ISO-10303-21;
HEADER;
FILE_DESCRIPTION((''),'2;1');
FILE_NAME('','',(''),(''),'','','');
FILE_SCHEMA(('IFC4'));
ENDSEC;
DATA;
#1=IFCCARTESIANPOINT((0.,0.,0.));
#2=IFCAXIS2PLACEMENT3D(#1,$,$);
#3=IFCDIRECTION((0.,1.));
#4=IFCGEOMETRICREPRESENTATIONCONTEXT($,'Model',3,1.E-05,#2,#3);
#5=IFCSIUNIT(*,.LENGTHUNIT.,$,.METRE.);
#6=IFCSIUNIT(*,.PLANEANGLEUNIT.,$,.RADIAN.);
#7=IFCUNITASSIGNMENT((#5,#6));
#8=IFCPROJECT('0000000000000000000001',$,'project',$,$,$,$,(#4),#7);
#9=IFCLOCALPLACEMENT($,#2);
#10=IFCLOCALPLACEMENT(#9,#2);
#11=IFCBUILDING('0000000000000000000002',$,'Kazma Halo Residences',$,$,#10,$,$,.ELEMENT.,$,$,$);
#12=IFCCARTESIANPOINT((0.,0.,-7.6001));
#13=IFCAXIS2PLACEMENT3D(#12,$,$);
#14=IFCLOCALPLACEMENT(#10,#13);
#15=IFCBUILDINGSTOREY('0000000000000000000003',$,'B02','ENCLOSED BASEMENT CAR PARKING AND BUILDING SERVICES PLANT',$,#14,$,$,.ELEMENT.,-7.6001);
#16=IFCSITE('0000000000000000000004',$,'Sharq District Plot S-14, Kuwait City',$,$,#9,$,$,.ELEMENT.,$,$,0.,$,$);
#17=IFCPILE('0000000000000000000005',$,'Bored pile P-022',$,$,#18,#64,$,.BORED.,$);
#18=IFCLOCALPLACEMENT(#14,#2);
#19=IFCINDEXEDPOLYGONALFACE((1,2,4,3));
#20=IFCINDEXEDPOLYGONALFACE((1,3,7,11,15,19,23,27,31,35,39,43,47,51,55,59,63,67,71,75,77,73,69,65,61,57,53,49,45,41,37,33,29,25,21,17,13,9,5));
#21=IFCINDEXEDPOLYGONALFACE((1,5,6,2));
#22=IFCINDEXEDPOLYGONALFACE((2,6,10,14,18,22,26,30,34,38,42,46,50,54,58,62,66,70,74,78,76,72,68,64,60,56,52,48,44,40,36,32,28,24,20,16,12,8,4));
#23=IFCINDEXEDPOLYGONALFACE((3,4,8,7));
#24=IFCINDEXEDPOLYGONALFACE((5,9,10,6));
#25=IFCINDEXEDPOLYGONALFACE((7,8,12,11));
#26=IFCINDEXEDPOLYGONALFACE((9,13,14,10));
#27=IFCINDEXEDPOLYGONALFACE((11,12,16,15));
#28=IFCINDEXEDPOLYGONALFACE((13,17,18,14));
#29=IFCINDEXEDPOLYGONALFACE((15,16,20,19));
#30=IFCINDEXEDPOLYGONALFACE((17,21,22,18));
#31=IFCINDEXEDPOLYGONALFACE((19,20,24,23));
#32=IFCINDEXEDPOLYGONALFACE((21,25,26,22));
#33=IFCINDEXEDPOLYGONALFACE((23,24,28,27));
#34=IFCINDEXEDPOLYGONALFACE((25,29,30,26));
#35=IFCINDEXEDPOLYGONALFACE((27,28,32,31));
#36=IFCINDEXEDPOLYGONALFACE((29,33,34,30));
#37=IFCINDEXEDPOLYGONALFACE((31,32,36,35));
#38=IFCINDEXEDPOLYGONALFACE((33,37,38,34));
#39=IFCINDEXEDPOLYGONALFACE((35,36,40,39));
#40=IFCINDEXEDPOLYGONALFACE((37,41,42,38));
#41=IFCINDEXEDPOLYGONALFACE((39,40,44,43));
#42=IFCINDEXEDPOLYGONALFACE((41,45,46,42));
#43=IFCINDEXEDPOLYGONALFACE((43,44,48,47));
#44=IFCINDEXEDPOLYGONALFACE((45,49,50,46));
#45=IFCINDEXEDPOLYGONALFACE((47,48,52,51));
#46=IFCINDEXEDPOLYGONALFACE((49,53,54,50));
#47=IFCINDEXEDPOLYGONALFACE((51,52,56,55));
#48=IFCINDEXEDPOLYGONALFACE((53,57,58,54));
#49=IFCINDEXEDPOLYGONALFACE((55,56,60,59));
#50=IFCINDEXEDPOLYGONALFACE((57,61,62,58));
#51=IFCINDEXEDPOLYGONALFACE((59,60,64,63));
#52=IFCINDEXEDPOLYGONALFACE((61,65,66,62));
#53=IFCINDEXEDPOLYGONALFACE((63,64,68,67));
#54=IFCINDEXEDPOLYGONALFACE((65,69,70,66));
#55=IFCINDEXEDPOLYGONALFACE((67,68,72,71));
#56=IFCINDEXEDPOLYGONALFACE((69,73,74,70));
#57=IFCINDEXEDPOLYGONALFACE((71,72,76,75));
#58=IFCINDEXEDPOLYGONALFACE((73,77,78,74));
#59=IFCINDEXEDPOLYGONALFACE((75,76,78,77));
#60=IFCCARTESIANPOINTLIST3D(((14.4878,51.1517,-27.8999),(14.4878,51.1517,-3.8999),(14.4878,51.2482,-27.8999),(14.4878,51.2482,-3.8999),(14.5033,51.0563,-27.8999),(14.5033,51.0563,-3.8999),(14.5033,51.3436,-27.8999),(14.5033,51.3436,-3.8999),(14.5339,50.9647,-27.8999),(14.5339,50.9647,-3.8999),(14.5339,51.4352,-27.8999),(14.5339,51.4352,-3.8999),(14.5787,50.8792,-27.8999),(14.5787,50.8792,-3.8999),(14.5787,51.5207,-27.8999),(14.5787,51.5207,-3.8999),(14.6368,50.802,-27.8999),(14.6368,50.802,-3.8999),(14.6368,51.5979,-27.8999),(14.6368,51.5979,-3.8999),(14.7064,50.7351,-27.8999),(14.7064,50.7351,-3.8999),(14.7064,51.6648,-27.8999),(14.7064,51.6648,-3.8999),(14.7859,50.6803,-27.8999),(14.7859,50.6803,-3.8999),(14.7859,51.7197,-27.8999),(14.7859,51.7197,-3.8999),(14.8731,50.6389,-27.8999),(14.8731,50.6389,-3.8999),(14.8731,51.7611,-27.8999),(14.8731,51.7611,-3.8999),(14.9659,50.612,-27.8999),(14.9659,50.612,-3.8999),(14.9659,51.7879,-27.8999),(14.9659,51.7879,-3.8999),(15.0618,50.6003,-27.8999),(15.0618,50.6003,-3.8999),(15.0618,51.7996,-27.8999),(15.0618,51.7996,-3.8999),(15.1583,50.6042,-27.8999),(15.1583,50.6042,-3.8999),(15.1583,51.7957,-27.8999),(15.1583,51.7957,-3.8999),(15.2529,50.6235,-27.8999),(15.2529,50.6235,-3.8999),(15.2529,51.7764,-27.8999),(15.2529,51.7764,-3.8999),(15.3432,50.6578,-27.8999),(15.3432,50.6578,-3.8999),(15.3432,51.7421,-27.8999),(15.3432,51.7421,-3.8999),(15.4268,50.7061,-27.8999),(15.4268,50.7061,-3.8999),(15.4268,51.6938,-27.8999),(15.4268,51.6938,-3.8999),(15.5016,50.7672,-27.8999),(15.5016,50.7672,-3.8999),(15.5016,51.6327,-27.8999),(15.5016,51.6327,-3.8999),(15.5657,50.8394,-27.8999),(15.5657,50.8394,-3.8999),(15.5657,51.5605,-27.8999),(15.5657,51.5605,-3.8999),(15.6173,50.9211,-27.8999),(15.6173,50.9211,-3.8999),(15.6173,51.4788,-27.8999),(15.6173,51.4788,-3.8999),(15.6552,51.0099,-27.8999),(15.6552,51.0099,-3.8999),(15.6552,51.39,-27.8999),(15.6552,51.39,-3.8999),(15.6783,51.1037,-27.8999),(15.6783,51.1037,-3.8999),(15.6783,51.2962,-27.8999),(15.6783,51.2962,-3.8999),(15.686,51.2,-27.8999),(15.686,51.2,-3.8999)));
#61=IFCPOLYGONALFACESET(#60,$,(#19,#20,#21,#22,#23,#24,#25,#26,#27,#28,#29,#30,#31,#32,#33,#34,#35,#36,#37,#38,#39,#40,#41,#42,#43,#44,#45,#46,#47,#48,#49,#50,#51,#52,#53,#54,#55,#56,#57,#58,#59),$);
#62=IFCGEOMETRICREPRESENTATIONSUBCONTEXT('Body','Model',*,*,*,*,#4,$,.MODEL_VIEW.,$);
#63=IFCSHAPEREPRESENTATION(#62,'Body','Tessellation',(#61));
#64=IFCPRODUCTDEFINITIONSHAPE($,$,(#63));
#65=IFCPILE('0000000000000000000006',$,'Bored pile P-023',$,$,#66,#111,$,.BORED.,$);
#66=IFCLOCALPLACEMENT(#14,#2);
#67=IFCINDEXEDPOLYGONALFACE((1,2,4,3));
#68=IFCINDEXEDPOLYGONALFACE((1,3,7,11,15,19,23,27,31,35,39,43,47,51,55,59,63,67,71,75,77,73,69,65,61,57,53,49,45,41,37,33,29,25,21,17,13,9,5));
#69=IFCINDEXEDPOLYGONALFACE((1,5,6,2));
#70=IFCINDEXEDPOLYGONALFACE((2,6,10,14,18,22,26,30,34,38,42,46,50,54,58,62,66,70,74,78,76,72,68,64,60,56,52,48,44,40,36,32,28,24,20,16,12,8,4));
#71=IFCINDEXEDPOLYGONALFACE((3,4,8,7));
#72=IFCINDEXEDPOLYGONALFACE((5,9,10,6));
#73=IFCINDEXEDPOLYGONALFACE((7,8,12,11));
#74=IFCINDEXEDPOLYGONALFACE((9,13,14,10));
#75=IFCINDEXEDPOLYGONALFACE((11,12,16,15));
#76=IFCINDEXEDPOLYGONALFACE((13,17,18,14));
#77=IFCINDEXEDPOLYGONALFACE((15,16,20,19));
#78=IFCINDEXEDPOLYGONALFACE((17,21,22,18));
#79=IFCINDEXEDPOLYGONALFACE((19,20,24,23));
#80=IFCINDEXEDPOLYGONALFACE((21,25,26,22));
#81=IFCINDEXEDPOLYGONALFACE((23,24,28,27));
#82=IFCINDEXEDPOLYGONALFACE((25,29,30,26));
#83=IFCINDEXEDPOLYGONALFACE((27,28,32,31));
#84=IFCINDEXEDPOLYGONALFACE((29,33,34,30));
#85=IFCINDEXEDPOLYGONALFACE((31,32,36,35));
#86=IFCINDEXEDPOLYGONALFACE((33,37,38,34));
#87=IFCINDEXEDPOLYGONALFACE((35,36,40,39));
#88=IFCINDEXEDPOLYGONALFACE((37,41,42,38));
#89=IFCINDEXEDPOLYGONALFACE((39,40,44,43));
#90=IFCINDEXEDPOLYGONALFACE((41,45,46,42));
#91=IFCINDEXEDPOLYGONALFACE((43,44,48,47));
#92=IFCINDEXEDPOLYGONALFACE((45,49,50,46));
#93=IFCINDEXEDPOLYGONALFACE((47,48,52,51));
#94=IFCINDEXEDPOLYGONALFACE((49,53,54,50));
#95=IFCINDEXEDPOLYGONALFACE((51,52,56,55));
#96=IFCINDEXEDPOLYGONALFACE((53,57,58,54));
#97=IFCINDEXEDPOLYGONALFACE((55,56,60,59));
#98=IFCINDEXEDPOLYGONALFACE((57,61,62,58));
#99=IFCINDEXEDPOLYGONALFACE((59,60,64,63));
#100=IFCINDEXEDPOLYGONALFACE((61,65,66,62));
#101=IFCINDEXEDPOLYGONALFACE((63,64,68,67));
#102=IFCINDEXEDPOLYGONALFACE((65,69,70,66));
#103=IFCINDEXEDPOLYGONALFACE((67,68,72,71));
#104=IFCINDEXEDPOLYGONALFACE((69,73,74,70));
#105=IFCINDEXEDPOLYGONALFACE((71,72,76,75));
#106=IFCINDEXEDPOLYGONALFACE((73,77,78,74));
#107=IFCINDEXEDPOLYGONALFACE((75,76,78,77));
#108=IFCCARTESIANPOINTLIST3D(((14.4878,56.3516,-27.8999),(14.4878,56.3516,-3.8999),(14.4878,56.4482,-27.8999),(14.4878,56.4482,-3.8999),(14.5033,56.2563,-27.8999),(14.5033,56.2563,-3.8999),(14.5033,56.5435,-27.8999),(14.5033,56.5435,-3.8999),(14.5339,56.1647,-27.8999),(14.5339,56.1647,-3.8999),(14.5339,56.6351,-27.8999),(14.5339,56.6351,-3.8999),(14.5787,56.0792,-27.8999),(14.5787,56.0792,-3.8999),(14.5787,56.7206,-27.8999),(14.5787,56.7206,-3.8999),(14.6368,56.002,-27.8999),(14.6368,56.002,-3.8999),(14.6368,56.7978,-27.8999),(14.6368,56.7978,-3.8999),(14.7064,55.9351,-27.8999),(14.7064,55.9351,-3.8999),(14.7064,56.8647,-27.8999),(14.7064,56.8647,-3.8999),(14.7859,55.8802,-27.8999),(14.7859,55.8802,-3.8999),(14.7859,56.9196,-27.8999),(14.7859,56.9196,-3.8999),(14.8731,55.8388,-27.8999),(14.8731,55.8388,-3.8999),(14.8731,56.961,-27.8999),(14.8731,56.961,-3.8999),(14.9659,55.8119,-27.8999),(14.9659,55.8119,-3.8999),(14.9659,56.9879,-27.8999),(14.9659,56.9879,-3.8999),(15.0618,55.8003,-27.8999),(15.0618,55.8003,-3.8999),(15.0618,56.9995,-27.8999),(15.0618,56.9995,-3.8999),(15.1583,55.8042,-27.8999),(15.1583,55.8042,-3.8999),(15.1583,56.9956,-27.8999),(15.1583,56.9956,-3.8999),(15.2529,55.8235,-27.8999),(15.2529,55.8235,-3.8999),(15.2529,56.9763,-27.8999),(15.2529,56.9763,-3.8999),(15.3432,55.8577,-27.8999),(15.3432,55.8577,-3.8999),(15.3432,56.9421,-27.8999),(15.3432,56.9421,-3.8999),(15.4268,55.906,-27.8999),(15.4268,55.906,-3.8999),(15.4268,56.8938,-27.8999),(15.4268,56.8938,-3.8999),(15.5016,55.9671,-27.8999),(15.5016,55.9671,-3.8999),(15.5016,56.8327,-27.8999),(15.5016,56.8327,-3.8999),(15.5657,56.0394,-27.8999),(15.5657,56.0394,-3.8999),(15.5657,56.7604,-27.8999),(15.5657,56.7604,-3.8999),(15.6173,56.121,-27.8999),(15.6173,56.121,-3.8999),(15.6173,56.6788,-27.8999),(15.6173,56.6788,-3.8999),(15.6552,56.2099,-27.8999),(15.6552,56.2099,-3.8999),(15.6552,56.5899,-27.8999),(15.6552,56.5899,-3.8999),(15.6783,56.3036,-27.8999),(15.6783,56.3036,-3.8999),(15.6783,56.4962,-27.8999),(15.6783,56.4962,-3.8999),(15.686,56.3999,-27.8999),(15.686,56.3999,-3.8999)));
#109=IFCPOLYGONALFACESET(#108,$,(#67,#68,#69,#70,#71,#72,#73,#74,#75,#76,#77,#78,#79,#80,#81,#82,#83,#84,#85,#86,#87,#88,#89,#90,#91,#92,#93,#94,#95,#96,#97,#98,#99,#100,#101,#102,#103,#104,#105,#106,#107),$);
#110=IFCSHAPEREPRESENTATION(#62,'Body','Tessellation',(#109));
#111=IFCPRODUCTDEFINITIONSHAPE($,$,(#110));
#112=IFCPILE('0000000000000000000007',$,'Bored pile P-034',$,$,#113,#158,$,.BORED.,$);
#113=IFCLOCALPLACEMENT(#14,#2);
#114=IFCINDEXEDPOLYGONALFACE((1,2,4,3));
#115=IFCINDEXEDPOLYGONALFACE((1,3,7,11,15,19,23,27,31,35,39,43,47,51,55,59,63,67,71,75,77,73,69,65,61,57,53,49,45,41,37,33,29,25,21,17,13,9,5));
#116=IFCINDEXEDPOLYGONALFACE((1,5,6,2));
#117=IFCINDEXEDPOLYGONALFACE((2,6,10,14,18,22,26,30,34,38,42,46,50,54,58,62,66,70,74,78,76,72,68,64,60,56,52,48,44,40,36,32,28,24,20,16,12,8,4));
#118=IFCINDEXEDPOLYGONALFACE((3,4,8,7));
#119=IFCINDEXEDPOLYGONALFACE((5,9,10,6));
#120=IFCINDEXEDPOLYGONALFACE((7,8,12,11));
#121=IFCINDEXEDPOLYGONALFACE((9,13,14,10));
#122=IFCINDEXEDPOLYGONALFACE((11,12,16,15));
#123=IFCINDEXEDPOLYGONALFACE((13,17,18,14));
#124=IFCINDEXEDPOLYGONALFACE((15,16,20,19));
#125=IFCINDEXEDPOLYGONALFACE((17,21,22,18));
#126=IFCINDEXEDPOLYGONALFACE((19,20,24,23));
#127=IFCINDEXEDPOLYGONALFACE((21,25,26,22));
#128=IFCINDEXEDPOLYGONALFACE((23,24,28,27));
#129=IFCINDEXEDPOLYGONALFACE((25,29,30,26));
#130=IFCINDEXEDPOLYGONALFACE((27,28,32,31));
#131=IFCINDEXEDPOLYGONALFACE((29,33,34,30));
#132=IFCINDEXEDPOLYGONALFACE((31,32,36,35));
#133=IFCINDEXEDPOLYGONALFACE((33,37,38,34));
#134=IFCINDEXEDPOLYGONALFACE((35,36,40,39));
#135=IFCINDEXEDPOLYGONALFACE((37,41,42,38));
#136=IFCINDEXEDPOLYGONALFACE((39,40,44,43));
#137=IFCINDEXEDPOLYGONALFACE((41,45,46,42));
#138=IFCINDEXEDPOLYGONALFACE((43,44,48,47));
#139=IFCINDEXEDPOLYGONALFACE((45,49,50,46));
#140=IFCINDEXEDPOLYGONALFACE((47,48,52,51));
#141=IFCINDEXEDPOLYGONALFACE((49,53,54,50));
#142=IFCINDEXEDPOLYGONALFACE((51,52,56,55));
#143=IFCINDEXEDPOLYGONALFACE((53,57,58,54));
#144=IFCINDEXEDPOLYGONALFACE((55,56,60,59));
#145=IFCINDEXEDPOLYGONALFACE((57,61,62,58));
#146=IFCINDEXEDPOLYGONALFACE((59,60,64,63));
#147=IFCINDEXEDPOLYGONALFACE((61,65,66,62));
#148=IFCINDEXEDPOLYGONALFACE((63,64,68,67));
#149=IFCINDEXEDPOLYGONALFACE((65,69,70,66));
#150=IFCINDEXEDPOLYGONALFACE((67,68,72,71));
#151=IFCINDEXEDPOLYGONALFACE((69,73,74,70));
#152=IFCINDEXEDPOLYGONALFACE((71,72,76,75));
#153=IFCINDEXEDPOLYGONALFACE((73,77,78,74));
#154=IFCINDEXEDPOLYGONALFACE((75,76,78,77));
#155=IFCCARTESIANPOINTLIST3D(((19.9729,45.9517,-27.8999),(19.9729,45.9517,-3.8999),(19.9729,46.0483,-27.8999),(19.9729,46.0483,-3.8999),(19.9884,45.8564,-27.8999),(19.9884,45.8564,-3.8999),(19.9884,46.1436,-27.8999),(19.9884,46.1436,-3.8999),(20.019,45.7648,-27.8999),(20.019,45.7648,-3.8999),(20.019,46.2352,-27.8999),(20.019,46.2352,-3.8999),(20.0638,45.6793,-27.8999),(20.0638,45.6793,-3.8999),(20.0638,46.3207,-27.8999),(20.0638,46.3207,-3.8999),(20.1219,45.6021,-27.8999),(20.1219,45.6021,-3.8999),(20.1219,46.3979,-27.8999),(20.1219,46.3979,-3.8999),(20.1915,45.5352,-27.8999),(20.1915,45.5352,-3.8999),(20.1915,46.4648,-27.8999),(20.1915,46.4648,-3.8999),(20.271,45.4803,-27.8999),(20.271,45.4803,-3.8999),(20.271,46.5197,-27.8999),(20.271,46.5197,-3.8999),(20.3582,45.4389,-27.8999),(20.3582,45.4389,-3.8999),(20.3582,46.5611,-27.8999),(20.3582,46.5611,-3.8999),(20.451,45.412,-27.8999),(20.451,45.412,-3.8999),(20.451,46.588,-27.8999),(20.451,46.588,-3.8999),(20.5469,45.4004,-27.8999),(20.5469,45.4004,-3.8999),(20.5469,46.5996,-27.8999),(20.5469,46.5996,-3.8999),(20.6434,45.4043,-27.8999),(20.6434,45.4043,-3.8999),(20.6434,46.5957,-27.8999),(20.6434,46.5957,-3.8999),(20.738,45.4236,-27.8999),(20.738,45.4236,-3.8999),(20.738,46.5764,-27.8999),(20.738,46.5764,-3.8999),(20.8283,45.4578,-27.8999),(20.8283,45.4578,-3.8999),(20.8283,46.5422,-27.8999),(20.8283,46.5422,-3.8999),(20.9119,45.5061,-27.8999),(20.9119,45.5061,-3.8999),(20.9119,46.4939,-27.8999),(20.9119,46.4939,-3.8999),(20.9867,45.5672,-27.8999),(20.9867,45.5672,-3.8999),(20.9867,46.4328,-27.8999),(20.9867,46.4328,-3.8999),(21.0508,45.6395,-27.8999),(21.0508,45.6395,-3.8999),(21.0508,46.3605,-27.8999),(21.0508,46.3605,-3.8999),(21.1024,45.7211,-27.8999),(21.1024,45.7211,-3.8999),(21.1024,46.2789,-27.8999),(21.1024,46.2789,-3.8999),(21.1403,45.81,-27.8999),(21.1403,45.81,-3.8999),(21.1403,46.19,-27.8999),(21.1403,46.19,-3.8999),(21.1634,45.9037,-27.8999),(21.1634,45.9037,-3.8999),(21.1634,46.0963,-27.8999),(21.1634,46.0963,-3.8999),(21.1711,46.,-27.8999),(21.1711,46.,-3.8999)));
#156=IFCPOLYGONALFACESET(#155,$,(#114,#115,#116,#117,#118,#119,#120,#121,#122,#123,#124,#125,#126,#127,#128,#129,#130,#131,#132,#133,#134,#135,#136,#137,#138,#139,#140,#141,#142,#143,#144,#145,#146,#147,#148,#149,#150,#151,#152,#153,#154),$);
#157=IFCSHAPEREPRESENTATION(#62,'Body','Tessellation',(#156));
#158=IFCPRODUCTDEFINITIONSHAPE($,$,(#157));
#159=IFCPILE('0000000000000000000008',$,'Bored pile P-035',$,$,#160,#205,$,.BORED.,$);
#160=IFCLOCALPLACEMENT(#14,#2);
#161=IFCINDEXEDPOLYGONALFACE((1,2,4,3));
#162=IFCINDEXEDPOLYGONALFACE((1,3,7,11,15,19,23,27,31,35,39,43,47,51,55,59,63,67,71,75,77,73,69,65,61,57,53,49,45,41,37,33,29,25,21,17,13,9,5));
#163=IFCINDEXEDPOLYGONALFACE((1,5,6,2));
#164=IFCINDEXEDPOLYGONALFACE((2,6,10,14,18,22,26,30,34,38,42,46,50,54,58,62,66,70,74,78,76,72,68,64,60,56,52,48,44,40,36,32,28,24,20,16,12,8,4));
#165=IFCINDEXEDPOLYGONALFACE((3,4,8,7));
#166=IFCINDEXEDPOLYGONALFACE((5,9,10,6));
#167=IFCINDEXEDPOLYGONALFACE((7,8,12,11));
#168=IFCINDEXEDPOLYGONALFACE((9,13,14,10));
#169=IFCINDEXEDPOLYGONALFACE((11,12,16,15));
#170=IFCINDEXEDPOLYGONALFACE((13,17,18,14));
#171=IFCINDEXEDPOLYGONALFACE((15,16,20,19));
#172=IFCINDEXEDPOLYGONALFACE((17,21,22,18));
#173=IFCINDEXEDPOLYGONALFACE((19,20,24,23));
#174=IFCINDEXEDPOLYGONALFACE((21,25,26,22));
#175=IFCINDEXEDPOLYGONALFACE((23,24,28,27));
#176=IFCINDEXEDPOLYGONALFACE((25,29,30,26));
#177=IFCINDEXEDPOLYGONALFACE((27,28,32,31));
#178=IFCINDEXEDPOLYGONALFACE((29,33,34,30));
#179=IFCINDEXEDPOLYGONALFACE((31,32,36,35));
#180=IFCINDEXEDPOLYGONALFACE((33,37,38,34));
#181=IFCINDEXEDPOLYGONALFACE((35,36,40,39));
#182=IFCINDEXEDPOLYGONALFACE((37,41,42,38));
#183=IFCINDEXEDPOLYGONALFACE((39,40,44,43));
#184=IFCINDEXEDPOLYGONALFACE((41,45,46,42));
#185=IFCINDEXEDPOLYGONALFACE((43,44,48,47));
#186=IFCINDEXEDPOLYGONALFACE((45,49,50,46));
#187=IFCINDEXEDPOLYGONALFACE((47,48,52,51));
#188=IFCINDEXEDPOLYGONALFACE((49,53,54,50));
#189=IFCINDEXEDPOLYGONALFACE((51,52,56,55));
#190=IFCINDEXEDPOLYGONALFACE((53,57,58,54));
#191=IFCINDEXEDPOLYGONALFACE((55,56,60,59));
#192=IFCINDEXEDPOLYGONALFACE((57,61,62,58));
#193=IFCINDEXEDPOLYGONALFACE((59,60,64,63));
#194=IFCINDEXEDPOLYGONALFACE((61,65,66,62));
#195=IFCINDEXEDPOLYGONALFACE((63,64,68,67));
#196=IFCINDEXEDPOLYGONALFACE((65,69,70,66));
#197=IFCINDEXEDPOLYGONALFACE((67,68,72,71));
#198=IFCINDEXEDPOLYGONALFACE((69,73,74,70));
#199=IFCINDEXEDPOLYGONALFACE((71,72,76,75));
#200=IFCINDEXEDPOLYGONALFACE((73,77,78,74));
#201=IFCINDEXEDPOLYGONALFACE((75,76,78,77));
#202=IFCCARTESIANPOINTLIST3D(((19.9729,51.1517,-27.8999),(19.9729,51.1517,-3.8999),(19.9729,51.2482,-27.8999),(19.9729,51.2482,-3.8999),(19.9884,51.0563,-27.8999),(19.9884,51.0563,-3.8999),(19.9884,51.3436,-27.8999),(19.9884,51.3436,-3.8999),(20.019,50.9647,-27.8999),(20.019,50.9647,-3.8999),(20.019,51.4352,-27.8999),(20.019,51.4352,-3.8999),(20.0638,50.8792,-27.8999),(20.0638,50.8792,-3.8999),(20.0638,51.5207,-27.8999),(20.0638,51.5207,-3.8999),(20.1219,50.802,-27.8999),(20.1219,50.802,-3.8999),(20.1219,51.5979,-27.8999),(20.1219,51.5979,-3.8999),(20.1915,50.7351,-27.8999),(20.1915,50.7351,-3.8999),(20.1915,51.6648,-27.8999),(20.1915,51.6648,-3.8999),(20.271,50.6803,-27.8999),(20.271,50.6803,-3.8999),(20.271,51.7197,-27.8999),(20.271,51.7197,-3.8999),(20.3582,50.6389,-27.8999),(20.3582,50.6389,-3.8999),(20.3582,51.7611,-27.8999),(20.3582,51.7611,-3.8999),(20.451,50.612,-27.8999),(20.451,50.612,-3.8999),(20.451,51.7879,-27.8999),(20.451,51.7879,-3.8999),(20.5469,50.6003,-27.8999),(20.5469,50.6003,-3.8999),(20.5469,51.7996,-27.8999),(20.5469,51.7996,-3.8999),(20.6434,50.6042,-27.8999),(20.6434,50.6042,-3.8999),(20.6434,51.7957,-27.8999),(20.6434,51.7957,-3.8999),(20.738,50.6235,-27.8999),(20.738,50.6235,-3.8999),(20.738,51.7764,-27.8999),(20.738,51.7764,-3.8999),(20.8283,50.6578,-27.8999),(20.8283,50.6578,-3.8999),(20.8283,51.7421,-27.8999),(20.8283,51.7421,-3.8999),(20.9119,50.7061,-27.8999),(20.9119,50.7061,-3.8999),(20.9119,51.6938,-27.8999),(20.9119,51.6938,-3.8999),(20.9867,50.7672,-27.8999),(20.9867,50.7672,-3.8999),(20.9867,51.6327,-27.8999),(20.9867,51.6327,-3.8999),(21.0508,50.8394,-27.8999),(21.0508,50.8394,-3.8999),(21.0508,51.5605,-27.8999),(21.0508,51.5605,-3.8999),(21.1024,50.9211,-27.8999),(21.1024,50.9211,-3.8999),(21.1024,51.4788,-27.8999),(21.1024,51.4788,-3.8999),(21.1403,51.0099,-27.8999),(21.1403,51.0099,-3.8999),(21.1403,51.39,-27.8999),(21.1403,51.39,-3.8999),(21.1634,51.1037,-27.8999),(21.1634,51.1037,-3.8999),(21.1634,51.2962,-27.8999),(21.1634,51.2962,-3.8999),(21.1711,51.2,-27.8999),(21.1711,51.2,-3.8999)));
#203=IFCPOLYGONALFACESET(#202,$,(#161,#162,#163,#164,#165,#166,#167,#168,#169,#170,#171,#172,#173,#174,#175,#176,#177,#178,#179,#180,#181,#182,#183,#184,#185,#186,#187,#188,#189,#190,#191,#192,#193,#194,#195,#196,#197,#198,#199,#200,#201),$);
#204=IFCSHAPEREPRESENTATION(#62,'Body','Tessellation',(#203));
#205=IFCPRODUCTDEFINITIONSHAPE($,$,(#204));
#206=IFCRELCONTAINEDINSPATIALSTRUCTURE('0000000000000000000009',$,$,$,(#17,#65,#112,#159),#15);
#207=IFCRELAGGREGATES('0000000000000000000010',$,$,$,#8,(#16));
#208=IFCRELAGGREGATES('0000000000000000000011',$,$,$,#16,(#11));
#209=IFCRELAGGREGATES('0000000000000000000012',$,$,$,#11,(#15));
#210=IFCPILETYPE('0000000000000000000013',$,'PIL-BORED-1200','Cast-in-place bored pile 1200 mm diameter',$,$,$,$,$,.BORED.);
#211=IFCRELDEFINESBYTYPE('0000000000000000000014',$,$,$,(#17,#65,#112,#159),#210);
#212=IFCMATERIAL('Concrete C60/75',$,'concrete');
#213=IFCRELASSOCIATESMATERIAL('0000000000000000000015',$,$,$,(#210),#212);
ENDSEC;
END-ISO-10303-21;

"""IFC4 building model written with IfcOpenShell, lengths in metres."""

from ifc_helpers import new_model, si_unit, direction, frame, origin, origin_2d, place, context, subcontext, project, spatial, circle, extrude, material, material_profile, profile_set, type_object, element, save


model = new_model("IFC4")

# Units and contexts
model_context = context("Model", 3, precision=1e-05, world=origin(), true_north=direction((0.0, 1.0)))
body_context = subcontext(model_context, "Body", "Model", "MODEL_VIEW")
ifc_project = project(units=[si_unit("LENGTHUNIT", "METRE"), si_unit("PLANEANGLEUNIT", "RADIAN")], contexts=[model_context])

# Site, building, storey
site_placement = place(None, origin())
site = spatial("IfcSite", under=ifc_project, at=site_placement, Name="Sharq District Plot S-14, Kuwait City", CompositionType="ELEMENT", RefElevation=0.0)
building_placement = place(site_placement, origin())
building = spatial("IfcBuilding", under=site, at=building_placement, Name="Kazma Halo Residences", CompositionType="ELEMENT")
storey_placement = place(building_placement, frame((0.0, 0.0, -7.6001)))
storey = spatial("IfcBuildingStorey", under=building, at=storey_placement, Name="B02", Description="ENCLOSED BASEMENT CAR PARKING AND BUILDING SERVICES PLANT", CompositionType="ELEMENT", Elevation=-7.6001)

# Piles
ifc_material_1 = material(Name="Concrete C60/75", Category="concrete")
ifc_material_profile_1 = material_profile(ifc_material_1, circle(Radius=0.6001, at=origin_2d()), Name="CIRC1200")
ifc_profile_set_1 = profile_set([ifc_material_profile_1], Name="Concrete C60/75")
pile_type = type_object("IfcPileType", Name="PIL-BORED-1200", Description="Cast-in-place bored pile 1200 mm diameter", PredefinedType="BORED", material=ifc_profile_set_1)
for number, where, z_axis, x_axis, name in (
    (1, (15.0859, 51.2, -3.8999), (0.0, 0.0, -1.0), (1.0, 0.0, 0.0), "Bored pile P-022"),
    (2, (15.0859, 56.3999, -3.8999), (0.0, 0.0, -1.0), (1.0, 0.0, 0.0), "Bored pile P-023"),
    (3, (20.571, 46.0, -3.8999), (0.0, 0.0, -1.0), (1.0, 0.0, 0.0), "Bored pile P-034"),
    (4, (20.571, 51.2, -3.8999), (0.0, 0.0, -1.0), (1.0, 0.0, 0.0), "Bored pile P-035"),
):
    element("IfcPile", number, at=place(storey_placement, frame(where, z_axis=z_axis, x_axis=x_axis)), inside=storey, type_object=pile_type, Name=name, PredefinedType="BORED", context=body_context, shape_type="SweptSolid", body=[
        extrude(circle(Radius=0.6001, at=origin_2d()), origin(), (0.0, 0.0, 1.0), 24.0),
    ])

save(model, "model.ifc")
